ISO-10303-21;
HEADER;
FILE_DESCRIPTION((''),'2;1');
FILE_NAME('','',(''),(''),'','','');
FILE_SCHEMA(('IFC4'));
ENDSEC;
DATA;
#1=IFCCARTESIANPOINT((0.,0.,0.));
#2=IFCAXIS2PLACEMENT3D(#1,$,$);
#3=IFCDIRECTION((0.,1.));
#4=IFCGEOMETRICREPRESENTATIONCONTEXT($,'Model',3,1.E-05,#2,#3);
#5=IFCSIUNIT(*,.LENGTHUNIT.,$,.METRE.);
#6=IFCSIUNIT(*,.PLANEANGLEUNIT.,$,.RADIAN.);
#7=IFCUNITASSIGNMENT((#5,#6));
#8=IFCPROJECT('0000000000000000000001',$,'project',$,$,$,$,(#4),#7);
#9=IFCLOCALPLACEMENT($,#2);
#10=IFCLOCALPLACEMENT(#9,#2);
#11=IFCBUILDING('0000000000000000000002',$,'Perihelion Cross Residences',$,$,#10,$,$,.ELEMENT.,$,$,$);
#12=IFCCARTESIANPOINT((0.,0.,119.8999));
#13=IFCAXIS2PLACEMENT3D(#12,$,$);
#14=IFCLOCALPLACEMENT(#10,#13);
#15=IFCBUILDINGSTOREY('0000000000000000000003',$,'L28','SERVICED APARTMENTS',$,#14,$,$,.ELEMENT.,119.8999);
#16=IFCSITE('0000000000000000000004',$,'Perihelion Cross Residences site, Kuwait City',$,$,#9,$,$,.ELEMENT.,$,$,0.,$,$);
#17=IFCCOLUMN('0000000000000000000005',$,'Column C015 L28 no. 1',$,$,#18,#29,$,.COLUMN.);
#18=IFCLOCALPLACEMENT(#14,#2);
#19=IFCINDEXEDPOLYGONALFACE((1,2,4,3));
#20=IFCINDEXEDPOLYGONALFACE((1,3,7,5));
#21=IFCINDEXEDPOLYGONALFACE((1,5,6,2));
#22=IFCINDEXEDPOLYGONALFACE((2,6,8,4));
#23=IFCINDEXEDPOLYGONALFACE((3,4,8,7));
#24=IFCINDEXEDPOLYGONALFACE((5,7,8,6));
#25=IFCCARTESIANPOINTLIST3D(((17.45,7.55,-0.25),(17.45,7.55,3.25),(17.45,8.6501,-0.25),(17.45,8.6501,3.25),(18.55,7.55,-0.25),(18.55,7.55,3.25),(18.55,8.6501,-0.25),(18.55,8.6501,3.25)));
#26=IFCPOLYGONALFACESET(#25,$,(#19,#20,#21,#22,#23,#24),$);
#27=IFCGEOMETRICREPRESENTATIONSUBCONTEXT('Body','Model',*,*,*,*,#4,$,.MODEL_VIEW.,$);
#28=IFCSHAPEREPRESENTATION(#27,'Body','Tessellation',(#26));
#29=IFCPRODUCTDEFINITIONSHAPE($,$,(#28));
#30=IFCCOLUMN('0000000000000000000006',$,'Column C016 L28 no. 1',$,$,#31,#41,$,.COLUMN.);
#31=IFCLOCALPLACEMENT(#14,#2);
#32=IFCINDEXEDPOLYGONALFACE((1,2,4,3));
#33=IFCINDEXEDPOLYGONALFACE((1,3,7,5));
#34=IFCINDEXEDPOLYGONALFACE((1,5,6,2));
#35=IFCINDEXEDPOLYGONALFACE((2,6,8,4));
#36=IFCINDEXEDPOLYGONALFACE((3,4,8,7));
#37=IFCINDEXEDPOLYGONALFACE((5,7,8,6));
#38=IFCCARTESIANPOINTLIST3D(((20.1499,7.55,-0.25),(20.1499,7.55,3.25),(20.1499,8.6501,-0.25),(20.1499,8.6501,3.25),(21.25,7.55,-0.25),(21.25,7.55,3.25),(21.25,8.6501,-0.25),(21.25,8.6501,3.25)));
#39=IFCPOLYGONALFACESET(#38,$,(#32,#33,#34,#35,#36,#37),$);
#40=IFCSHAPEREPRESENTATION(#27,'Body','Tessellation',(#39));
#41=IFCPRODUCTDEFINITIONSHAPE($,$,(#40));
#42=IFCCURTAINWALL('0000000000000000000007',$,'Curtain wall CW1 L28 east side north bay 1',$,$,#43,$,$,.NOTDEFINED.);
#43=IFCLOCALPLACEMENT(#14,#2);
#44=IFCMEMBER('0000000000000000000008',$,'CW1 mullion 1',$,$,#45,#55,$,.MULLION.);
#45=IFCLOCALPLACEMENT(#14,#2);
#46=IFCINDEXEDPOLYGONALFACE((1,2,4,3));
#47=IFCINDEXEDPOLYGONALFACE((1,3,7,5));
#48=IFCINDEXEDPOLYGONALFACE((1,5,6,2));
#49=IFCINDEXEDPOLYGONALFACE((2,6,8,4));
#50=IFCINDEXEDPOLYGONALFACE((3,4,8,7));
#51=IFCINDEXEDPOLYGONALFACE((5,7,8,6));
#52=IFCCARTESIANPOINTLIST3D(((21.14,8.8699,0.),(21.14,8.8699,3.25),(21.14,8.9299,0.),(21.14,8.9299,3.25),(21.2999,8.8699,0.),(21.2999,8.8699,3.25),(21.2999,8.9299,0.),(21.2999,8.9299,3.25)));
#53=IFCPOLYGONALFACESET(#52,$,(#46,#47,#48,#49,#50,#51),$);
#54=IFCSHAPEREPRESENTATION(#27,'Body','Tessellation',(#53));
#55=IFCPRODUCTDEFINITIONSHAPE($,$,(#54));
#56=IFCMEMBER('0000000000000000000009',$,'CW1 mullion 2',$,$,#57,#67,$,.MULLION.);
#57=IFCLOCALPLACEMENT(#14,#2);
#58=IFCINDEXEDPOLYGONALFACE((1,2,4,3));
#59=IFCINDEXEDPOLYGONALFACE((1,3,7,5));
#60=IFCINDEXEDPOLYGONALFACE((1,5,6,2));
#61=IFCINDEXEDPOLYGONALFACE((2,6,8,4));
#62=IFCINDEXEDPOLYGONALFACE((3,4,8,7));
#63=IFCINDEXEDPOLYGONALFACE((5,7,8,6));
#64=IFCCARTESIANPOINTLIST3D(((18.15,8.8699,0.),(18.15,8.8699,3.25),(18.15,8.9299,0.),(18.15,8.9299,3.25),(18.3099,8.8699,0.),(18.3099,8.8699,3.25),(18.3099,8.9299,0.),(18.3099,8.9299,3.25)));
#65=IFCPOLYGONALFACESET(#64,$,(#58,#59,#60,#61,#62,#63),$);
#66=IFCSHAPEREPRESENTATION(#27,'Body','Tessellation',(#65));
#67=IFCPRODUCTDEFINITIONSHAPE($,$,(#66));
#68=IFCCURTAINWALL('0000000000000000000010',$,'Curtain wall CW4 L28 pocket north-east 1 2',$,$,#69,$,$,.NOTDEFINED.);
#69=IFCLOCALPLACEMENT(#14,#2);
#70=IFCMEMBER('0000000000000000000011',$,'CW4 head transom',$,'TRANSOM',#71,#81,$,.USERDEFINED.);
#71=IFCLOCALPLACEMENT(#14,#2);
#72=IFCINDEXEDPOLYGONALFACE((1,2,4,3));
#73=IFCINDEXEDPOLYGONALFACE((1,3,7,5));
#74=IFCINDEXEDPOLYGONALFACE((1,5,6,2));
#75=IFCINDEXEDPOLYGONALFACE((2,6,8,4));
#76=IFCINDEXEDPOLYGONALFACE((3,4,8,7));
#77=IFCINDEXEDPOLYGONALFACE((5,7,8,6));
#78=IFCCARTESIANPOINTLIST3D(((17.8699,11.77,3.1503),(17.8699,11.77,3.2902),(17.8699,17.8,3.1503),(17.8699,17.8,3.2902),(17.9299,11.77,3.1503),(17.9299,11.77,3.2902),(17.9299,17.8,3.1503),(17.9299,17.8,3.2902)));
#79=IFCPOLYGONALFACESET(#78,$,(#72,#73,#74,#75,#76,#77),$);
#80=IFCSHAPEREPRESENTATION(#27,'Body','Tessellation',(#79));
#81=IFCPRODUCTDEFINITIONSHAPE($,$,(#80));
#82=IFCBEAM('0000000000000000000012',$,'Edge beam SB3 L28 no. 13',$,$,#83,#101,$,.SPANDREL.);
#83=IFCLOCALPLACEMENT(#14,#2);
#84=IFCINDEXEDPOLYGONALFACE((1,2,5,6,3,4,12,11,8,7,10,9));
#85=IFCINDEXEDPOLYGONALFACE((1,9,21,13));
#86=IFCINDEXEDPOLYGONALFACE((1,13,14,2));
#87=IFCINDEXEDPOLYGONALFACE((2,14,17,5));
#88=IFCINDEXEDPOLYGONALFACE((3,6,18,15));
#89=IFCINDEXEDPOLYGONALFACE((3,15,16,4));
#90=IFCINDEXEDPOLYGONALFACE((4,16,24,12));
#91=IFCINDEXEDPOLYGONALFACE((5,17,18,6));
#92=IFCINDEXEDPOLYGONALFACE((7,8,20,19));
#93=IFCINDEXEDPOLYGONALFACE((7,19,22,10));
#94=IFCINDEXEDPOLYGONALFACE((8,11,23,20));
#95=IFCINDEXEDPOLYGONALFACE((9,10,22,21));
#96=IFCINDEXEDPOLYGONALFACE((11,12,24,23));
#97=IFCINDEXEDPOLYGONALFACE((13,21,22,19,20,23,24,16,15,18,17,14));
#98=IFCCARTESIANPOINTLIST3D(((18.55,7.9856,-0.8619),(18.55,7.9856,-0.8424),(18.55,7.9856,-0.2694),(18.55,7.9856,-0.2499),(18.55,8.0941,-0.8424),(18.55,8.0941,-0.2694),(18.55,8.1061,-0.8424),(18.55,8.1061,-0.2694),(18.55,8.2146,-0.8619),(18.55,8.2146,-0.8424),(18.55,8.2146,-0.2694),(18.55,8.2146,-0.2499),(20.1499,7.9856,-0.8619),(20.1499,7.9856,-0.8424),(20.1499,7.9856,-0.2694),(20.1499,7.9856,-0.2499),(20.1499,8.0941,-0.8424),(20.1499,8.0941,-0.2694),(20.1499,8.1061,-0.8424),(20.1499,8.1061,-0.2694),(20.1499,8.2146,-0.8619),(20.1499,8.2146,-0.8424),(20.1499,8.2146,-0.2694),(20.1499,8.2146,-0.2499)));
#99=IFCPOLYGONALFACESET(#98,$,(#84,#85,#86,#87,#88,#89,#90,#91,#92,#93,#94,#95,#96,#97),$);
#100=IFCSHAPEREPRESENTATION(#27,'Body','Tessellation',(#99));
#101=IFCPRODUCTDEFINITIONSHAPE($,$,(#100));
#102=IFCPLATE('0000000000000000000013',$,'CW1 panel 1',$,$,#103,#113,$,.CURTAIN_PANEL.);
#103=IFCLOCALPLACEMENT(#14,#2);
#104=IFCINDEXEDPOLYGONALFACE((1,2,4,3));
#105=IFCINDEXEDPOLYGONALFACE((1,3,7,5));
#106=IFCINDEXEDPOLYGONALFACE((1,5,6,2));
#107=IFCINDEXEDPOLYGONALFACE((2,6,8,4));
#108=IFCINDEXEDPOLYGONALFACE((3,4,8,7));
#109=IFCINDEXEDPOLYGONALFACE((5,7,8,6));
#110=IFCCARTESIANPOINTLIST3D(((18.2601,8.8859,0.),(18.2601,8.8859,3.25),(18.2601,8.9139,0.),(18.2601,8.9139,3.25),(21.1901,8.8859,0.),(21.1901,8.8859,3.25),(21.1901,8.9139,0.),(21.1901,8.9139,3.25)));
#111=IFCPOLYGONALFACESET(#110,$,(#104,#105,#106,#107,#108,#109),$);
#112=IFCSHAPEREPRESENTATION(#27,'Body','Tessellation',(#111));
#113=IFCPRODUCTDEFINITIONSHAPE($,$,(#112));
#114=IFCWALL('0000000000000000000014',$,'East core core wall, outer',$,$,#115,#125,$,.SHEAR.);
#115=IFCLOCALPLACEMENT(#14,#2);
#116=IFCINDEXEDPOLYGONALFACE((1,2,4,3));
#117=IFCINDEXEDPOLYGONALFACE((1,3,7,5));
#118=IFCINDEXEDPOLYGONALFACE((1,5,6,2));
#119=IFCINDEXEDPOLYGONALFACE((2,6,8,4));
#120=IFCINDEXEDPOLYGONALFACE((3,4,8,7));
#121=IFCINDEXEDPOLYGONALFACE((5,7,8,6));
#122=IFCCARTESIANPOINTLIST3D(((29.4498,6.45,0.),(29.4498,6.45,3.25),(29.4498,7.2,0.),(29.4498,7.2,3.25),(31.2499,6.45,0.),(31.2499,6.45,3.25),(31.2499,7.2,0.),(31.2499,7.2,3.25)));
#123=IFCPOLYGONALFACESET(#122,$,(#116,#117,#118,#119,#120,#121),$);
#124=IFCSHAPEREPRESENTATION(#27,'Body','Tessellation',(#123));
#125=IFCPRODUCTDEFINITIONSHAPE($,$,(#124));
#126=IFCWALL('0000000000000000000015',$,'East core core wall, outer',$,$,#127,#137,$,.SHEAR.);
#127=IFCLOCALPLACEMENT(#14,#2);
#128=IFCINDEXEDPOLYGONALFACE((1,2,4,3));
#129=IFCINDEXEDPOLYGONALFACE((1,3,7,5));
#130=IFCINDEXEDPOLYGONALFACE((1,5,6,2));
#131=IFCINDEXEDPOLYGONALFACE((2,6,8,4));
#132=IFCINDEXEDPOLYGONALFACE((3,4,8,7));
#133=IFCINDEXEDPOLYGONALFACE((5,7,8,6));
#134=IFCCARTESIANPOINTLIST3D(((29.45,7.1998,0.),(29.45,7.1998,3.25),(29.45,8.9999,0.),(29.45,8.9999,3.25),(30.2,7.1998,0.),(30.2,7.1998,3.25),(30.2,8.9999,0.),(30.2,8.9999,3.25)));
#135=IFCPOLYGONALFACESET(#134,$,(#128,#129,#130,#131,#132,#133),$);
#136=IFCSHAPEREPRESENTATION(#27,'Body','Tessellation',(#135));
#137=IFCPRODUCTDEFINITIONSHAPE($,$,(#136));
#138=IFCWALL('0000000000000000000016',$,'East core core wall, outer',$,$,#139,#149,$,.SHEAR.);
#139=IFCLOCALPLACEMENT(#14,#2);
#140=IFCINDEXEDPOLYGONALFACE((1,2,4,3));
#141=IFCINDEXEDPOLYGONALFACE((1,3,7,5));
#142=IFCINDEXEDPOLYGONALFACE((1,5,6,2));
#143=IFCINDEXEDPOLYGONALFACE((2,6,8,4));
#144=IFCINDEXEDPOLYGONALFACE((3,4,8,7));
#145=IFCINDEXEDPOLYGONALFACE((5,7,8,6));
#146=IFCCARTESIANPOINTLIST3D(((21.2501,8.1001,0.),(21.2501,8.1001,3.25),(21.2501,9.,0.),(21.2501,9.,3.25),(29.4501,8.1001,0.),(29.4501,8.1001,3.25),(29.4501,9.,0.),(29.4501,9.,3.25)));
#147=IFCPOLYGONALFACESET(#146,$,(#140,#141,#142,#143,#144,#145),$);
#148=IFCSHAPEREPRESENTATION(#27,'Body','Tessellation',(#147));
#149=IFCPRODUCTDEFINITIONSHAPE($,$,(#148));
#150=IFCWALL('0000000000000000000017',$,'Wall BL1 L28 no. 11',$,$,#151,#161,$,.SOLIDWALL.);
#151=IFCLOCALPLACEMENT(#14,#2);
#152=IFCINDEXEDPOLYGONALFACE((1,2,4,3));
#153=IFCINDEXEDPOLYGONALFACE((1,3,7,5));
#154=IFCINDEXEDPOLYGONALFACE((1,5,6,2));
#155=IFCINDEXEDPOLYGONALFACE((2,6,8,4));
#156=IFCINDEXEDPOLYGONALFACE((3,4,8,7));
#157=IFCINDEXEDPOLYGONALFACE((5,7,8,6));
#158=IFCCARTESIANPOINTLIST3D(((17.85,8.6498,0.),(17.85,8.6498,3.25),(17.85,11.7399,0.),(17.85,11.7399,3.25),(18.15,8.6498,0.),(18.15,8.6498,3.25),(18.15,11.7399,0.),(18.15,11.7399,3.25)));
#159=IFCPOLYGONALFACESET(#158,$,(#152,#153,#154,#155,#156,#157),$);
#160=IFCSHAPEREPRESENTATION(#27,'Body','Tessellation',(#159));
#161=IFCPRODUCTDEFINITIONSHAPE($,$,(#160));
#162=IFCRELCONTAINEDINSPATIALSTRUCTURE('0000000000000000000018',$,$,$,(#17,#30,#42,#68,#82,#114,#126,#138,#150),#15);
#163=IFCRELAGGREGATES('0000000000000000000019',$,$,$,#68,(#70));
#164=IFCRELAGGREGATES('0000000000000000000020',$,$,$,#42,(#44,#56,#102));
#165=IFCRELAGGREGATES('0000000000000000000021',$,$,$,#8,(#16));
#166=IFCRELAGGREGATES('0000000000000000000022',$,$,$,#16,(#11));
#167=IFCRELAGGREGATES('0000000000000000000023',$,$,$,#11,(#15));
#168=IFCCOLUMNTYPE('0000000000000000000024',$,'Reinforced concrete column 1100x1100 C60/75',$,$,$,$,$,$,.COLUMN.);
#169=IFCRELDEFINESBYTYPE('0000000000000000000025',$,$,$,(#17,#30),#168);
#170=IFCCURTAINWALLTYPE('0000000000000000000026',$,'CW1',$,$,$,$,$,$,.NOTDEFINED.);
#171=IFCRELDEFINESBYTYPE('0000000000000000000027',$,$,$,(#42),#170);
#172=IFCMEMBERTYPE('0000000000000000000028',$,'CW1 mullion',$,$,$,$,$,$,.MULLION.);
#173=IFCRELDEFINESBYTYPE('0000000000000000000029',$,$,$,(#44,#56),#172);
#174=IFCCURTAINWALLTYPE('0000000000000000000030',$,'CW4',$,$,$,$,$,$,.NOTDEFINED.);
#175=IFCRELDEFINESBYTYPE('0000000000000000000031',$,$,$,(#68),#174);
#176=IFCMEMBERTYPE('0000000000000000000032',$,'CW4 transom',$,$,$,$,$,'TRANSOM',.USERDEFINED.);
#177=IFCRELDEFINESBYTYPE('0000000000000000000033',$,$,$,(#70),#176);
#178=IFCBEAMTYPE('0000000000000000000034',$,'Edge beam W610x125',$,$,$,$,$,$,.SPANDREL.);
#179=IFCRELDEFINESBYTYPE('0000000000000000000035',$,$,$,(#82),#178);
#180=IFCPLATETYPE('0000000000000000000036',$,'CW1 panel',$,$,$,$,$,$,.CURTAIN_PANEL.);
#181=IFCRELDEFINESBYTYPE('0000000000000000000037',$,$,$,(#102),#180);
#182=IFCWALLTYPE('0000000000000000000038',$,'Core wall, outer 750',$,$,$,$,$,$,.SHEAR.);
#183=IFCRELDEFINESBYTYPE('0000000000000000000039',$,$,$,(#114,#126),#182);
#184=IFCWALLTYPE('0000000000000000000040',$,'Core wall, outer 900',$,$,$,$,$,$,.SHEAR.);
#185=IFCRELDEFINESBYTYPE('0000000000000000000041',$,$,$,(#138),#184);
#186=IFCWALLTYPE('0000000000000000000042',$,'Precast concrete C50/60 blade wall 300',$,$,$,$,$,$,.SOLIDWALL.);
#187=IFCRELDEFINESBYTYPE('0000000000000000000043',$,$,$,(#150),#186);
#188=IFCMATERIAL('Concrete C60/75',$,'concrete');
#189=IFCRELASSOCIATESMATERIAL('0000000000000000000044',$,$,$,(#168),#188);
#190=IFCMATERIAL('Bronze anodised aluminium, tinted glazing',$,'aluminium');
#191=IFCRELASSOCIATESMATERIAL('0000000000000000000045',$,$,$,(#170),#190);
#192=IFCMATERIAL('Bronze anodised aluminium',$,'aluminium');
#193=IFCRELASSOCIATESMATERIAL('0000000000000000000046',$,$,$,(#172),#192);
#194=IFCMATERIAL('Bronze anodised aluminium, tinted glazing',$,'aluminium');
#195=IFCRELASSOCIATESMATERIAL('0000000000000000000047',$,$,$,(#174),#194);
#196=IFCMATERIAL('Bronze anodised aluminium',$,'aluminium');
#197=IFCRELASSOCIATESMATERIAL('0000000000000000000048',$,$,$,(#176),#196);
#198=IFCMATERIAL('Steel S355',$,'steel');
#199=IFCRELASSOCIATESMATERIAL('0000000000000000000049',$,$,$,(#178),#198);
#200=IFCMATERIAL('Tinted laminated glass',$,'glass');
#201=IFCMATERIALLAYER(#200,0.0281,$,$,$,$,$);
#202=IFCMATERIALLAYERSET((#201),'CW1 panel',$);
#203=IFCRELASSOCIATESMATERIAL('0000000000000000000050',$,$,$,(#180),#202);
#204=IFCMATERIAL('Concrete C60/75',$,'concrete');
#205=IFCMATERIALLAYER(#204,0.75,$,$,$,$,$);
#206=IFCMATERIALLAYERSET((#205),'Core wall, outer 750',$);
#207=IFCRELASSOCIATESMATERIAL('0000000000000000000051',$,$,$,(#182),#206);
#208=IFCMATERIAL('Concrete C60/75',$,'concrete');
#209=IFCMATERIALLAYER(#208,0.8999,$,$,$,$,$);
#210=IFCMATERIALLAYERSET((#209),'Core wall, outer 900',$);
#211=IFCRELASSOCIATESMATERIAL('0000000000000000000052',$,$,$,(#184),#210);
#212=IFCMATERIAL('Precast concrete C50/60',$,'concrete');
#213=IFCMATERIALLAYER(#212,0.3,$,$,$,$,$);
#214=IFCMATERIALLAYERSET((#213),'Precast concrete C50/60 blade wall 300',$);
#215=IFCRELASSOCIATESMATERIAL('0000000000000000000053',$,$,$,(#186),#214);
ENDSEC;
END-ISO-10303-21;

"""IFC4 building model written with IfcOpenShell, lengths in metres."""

from ifc_helpers import new_model, si_unit, direction, frame, frame_2d, origin, origin_2d, place, context, subcontext, project, spatial, rectangle, i_section, extrude, material, layer, layer_set, material_profile, profile_set, type_object, element, aggregate, save


model = new_model("IFC4")

# Units and contexts
model_context = context("Model", 3, precision=1e-05, world=origin(), true_north=direction((0.0, 1.0)))
body_context = subcontext(model_context, "Body", "Model", "MODEL_VIEW")
ifc_project = project(units=[si_unit("LENGTHUNIT", "METRE"), si_unit("PLANEANGLEUNIT", "RADIAN")], contexts=[model_context])

# Site, building, storey
site_placement = place(None, origin())
site = spatial("IfcSite", under=ifc_project, at=site_placement, Name="Perihelion Cross Residences site, Kuwait City", CompositionType="ELEMENT", RefElevation=0.0)
building_placement = place(site_placement, origin())
building = spatial("IfcBuilding", under=site, at=building_placement, Name="Perihelion Cross Residences", CompositionType="ELEMENT")
storey_placement = place(building_placement, frame((0.0, 0.0, 119.8999)))
storey = spatial("IfcBuildingStorey", under=building, at=storey_placement, Name="L28", Description="SERVICED APARTMENTS", CompositionType="ELEMENT", Elevation=119.8999)

# Columns
ifc_material_1 = material(Name="Concrete C60/75", Category="concrete")
ifc_material_profile_1 = material_profile(ifc_material_1, rectangle(XDim=1.1001, YDim=1.1001, at=origin_2d()), Name="RC 1100x1100")
ifc_profile_set_1 = profile_set([ifc_material_profile_1], Name="Concrete C60/75")
column_type = type_object("IfcColumnType", Name="Reinforced concrete column 1100x1100 C60/75", PredefinedType="COLUMN", material=ifc_profile_set_1)
for number, where, z_axis, x_axis, name in (
    (1, (18.0, 8.1001, -0.25), (0.0, 0.0, 1.0), (1.0, 0.0, 0.0), "Column C015 L28 no. 1"),
    (2, (20.7, 8.1001, -0.25), (0.0, 0.0, 1.0), (1.0, 0.0, 0.0), "Column C016 L28 no. 1"),
):
    element("IfcColumn", number, at=place(storey_placement, frame(where, z_axis=z_axis, x_axis=x_axis)), inside=storey, type_object=column_type, Name=name, PredefinedType="COLUMN", context=body_context, shape_type="SweptSolid", body=[
        extrude(rectangle(XDim=1.1001, YDim=1.1001, at=origin_2d()), origin(), (0.0, 0.0, 1.0), 3.5),
    ])

# Curtain wall, members
ifc_material_2 = material(Name="Bronze anodised aluminium, tinted glazing", Category="aluminium")
curtain_wall_type_1 = type_object("IfcCurtainWallType", Name="CW1", PredefinedType="NOTDEFINED", material=ifc_material_2)
curtain_wall_1_placement = place(storey_placement, origin())
curtain_wall_1 = element("IfcCurtainWall", 3, at=curtain_wall_1_placement, inside=storey, type_object=curtain_wall_type_1, Name="Curtain wall CW1 L28 east side north bay 1", PredefinedType="NOTDEFINED")
ifc_material_3 = material(Name="Bronze anodised aluminium", Category="aluminium")
ifc_material_profile_2 = material_profile(ifc_material_3, rectangle(XDim=0.0601, YDim=0.1599, at=origin_2d()), Name="CW1 mullion")
ifc_profile_set_2 = profile_set([ifc_material_profile_2], Name="Bronze anodised aluminium")
member_type_1 = type_object("IfcMemberType", Name="CW1 mullion", PredefinedType="MULLION", material=ifc_profile_set_2)
member_1_placement = place(storey_placement, frame((21.22, 8.8999, 0.0), z_axis=(0.0, 0.0, 1.0), x_axis=(0.0, -1.0, 0.0)))
member_1 = element("IfcMember", 4, at=member_1_placement, type_object=member_type_1, Name="CW1 mullion 1", PredefinedType="MULLION", context=body_context, shape_type="SweptSolid", body=[
    extrude(rectangle(XDim=0.0601, YDim=0.1599, at=origin_2d()), origin(), (0.0, 0.0, 1.0), 3.25),
])
member_2_placement = place(storey_placement, frame((18.23, 8.8999, 0.0), z_axis=(0.0, 0.0, 1.0), x_axis=(0.0, -1.0, 0.0)))
member_2 = element("IfcMember", 5, at=member_2_placement, type_object=member_type_1, Name="CW1 mullion 2", PredefinedType="MULLION", context=body_context, shape_type="SweptSolid", body=[
    extrude(rectangle(XDim=0.0601, YDim=0.1599, at=origin_2d()), origin(), (0.0, 0.0, 1.0), 3.25),
])

# Curtain wall, member
ifc_material_4 = material(Name="Bronze anodised aluminium, tinted glazing", Category="aluminium")
curtain_wall_type_2 = type_object("IfcCurtainWallType", Name="CW4", PredefinedType="NOTDEFINED", material=ifc_material_4)
curtain_wall_2_placement = place(storey_placement, origin())
curtain_wall_2 = element("IfcCurtainWall", 6, at=curtain_wall_2_placement, inside=storey, type_object=curtain_wall_type_2, Name="Curtain wall CW4 L28 pocket north-east 1 2", PredefinedType="NOTDEFINED")
ifc_material_5 = material(Name="Bronze anodised aluminium", Category="aluminium")
ifc_material_profile_3 = material_profile(ifc_material_5, rectangle(XDim=0.0601, YDim=0.1399, at=origin_2d()), Name="CW4 transom")
ifc_profile_set_3 = profile_set([ifc_material_profile_3], Name="Bronze anodised aluminium")
member_type_2 = type_object("IfcMemberType", Name="CW4 transom", ElementType="TRANSOM", PredefinedType="USERDEFINED", material=ifc_profile_set_3)
member_3_placement = place(storey_placement, frame((17.8999, 17.8, 3.2202), z_axis=(0.0, -1.0, 0.0), x_axis=(1.0, 0.0, 0.0)))
member_3 = element("IfcMember", 7, at=member_3_placement, type_object=member_type_2, Name="CW4 head transom", ObjectType="TRANSOM", PredefinedType="USERDEFINED", context=body_context, shape_type="SweptSolid", body=[
    extrude(rectangle(XDim=0.0601, YDim=0.1399, at=origin_2d()), origin(), (0.0, 0.0, 1.0), 6.03),
])
aggregate(curtain_wall_2, [member_3])

# Beam
ifc_material_6 = material(Name="Steel S355", Category="steel")
ifc_material_profile_4 = material_profile(ifc_material_6, i_section(OverallWidth=0.229, OverallDepth=0.6121, WebThickness=0.012, FlangeThickness=0.0195, at=origin_2d()), Name="W610x125")
ifc_profile_set_4 = profile_set([ifc_material_profile_4], Name="Steel S355")
beam_type = type_object("IfcBeamType", Name="Edge beam W610x125", PredefinedType="SPANDREL", material=ifc_profile_set_4)
beam_placement = place(storey_placement, frame((20.1499, 8.1001, -0.5559), z_axis=(-1.0, 0.0, 0.0), x_axis=(0.0, -1.0, 0.0)))
element("IfcBeam", 8, at=beam_placement, inside=storey, type_object=beam_type, Name="Edge beam SB3 L28 no. 13", PredefinedType="SPANDREL", context=body_context, shape_type="SweptSolid", body=[
    extrude(i_section(OverallWidth=0.229, OverallDepth=0.6121, WebThickness=0.012, FlangeThickness=0.0195, at=origin_2d()), origin(), (0.0, 0.0, 1.0), 1.5999),
])

# Plate
ifc_material_7 = material(Name="Tinted laminated glass", Category="glass")
ifc_layer_1 = layer(ifc_material_7, 0.0281)
ifc_layer_set_1 = layer_set([ifc_layer_1], Name="CW1 panel")
plate_type = type_object("IfcPlateType", Name="CW1 panel", PredefinedType="CURTAIN_PANEL", material=ifc_layer_set_1)
plate_placement = place(storey_placement, frame((19.7251, 8.8999, 0.0), z_axis=(0.0, 0.0, 1.0), x_axis=(-1.0, 0.0, 0.0)))
plate = element("IfcPlate", 9, at=plate_placement, type_object=plate_type, Name="CW1 panel 1", PredefinedType="CURTAIN_PANEL", context=body_context, shape_type="SweptSolid", body=[
    extrude(rectangle(XDim=2.9299, YDim=0.0281, at=origin_2d()), origin(), (0.0, 0.0, 1.0), 3.25),
])
aggregate(curtain_wall_1, [member_1, member_2, plate])

# Walls
ifc_material_8 = material(Name="Concrete C60/75", Category="concrete")
ifc_layer_2 = layer(ifc_material_8, 0.75)
ifc_layer_set_2 = layer_set([ifc_layer_2], Name="Core wall, outer 750")
wall_type_1 = type_object("IfcWallType", Name="Core wall, outer 750", PredefinedType="SHEAR", material=ifc_layer_set_2)
for number, where, z_axis, x_axis, name in (
    (10, (29.45, 6.825, 0.0), (0.0, 0.0, 1.0), (1.0, 0.0, 0.0), "East core core wall, outer"),
    (11, (29.825, 7.2, 0.0), (0.0, 0.0, 1.0), (0.0, 1.0, 0.0), "East core core wall, outer"),
):
    element("IfcWall", number, at=place(storey_placement, frame(where, z_axis=z_axis, x_axis=x_axis)), inside=storey, type_object=wall_type_1, Name=name, PredefinedType="SHEAR", context=body_context, shape_type="SweptSolid", body=[
        extrude(rectangle(XDim=1.8, YDim=0.75, at=frame_2d((0.8999, 0.0))), origin(), (0.0, 0.0, 1.0), 3.25),
    ])
ifc_material_9 = material(Name="Concrete C60/75", Category="concrete")
ifc_layer_3 = layer(ifc_material_9, 0.8999)
ifc_layer_set_3 = layer_set([ifc_layer_3], Name="Core wall, outer 900")
wall_type_2 = type_object("IfcWallType", Name="Core wall, outer 900", PredefinedType="SHEAR", material=ifc_layer_set_3)
wall_1_placement = place(storey_placement, frame((21.25, 8.55, 0.0), z_axis=(0.0, 0.0, 1.0), x_axis=(1.0, 0.0, 0.0)))
element("IfcWall", 12, at=wall_1_placement, inside=storey, type_object=wall_type_2, Name="East core core wall, outer", PredefinedType="SHEAR", context=body_context, shape_type="SweptSolid", body=[
    extrude(rectangle(XDim=8.2, YDim=0.8999, at=frame_2d((4.1001, 0.0))), origin(), (0.0, 0.0, 1.0), 3.25),
])
ifc_material_10 = material(Name="Precast concrete C50/60", Category="concrete")
ifc_layer_4 = layer(ifc_material_10, 0.3)
ifc_layer_set_4 = layer_set([ifc_layer_4], Name="Precast concrete C50/60 blade wall 300")
wall_type_3 = type_object("IfcWallType", Name="Precast concrete C50/60 blade wall 300", PredefinedType="SOLIDWALL", material=ifc_layer_set_4)
wall_2_placement = place(storey_placement, frame((18.0, 8.6499, 0.0), z_axis=(0.0, 0.0, 1.0), x_axis=(0.0, 1.0, 0.0)))
element("IfcWall", 13, at=wall_2_placement, inside=storey, type_object=wall_type_3, Name="Wall BL1 L28 no. 11", PredefinedType="SOLIDWALL", context=body_context, shape_type="SweptSolid", body=[
    extrude(rectangle(XDim=3.0901, YDim=0.3, at=frame_2d((1.5449, 0.0))), origin(), (0.0, 0.0, 1.0), 3.25),
])

save(model, "model.ifc")
